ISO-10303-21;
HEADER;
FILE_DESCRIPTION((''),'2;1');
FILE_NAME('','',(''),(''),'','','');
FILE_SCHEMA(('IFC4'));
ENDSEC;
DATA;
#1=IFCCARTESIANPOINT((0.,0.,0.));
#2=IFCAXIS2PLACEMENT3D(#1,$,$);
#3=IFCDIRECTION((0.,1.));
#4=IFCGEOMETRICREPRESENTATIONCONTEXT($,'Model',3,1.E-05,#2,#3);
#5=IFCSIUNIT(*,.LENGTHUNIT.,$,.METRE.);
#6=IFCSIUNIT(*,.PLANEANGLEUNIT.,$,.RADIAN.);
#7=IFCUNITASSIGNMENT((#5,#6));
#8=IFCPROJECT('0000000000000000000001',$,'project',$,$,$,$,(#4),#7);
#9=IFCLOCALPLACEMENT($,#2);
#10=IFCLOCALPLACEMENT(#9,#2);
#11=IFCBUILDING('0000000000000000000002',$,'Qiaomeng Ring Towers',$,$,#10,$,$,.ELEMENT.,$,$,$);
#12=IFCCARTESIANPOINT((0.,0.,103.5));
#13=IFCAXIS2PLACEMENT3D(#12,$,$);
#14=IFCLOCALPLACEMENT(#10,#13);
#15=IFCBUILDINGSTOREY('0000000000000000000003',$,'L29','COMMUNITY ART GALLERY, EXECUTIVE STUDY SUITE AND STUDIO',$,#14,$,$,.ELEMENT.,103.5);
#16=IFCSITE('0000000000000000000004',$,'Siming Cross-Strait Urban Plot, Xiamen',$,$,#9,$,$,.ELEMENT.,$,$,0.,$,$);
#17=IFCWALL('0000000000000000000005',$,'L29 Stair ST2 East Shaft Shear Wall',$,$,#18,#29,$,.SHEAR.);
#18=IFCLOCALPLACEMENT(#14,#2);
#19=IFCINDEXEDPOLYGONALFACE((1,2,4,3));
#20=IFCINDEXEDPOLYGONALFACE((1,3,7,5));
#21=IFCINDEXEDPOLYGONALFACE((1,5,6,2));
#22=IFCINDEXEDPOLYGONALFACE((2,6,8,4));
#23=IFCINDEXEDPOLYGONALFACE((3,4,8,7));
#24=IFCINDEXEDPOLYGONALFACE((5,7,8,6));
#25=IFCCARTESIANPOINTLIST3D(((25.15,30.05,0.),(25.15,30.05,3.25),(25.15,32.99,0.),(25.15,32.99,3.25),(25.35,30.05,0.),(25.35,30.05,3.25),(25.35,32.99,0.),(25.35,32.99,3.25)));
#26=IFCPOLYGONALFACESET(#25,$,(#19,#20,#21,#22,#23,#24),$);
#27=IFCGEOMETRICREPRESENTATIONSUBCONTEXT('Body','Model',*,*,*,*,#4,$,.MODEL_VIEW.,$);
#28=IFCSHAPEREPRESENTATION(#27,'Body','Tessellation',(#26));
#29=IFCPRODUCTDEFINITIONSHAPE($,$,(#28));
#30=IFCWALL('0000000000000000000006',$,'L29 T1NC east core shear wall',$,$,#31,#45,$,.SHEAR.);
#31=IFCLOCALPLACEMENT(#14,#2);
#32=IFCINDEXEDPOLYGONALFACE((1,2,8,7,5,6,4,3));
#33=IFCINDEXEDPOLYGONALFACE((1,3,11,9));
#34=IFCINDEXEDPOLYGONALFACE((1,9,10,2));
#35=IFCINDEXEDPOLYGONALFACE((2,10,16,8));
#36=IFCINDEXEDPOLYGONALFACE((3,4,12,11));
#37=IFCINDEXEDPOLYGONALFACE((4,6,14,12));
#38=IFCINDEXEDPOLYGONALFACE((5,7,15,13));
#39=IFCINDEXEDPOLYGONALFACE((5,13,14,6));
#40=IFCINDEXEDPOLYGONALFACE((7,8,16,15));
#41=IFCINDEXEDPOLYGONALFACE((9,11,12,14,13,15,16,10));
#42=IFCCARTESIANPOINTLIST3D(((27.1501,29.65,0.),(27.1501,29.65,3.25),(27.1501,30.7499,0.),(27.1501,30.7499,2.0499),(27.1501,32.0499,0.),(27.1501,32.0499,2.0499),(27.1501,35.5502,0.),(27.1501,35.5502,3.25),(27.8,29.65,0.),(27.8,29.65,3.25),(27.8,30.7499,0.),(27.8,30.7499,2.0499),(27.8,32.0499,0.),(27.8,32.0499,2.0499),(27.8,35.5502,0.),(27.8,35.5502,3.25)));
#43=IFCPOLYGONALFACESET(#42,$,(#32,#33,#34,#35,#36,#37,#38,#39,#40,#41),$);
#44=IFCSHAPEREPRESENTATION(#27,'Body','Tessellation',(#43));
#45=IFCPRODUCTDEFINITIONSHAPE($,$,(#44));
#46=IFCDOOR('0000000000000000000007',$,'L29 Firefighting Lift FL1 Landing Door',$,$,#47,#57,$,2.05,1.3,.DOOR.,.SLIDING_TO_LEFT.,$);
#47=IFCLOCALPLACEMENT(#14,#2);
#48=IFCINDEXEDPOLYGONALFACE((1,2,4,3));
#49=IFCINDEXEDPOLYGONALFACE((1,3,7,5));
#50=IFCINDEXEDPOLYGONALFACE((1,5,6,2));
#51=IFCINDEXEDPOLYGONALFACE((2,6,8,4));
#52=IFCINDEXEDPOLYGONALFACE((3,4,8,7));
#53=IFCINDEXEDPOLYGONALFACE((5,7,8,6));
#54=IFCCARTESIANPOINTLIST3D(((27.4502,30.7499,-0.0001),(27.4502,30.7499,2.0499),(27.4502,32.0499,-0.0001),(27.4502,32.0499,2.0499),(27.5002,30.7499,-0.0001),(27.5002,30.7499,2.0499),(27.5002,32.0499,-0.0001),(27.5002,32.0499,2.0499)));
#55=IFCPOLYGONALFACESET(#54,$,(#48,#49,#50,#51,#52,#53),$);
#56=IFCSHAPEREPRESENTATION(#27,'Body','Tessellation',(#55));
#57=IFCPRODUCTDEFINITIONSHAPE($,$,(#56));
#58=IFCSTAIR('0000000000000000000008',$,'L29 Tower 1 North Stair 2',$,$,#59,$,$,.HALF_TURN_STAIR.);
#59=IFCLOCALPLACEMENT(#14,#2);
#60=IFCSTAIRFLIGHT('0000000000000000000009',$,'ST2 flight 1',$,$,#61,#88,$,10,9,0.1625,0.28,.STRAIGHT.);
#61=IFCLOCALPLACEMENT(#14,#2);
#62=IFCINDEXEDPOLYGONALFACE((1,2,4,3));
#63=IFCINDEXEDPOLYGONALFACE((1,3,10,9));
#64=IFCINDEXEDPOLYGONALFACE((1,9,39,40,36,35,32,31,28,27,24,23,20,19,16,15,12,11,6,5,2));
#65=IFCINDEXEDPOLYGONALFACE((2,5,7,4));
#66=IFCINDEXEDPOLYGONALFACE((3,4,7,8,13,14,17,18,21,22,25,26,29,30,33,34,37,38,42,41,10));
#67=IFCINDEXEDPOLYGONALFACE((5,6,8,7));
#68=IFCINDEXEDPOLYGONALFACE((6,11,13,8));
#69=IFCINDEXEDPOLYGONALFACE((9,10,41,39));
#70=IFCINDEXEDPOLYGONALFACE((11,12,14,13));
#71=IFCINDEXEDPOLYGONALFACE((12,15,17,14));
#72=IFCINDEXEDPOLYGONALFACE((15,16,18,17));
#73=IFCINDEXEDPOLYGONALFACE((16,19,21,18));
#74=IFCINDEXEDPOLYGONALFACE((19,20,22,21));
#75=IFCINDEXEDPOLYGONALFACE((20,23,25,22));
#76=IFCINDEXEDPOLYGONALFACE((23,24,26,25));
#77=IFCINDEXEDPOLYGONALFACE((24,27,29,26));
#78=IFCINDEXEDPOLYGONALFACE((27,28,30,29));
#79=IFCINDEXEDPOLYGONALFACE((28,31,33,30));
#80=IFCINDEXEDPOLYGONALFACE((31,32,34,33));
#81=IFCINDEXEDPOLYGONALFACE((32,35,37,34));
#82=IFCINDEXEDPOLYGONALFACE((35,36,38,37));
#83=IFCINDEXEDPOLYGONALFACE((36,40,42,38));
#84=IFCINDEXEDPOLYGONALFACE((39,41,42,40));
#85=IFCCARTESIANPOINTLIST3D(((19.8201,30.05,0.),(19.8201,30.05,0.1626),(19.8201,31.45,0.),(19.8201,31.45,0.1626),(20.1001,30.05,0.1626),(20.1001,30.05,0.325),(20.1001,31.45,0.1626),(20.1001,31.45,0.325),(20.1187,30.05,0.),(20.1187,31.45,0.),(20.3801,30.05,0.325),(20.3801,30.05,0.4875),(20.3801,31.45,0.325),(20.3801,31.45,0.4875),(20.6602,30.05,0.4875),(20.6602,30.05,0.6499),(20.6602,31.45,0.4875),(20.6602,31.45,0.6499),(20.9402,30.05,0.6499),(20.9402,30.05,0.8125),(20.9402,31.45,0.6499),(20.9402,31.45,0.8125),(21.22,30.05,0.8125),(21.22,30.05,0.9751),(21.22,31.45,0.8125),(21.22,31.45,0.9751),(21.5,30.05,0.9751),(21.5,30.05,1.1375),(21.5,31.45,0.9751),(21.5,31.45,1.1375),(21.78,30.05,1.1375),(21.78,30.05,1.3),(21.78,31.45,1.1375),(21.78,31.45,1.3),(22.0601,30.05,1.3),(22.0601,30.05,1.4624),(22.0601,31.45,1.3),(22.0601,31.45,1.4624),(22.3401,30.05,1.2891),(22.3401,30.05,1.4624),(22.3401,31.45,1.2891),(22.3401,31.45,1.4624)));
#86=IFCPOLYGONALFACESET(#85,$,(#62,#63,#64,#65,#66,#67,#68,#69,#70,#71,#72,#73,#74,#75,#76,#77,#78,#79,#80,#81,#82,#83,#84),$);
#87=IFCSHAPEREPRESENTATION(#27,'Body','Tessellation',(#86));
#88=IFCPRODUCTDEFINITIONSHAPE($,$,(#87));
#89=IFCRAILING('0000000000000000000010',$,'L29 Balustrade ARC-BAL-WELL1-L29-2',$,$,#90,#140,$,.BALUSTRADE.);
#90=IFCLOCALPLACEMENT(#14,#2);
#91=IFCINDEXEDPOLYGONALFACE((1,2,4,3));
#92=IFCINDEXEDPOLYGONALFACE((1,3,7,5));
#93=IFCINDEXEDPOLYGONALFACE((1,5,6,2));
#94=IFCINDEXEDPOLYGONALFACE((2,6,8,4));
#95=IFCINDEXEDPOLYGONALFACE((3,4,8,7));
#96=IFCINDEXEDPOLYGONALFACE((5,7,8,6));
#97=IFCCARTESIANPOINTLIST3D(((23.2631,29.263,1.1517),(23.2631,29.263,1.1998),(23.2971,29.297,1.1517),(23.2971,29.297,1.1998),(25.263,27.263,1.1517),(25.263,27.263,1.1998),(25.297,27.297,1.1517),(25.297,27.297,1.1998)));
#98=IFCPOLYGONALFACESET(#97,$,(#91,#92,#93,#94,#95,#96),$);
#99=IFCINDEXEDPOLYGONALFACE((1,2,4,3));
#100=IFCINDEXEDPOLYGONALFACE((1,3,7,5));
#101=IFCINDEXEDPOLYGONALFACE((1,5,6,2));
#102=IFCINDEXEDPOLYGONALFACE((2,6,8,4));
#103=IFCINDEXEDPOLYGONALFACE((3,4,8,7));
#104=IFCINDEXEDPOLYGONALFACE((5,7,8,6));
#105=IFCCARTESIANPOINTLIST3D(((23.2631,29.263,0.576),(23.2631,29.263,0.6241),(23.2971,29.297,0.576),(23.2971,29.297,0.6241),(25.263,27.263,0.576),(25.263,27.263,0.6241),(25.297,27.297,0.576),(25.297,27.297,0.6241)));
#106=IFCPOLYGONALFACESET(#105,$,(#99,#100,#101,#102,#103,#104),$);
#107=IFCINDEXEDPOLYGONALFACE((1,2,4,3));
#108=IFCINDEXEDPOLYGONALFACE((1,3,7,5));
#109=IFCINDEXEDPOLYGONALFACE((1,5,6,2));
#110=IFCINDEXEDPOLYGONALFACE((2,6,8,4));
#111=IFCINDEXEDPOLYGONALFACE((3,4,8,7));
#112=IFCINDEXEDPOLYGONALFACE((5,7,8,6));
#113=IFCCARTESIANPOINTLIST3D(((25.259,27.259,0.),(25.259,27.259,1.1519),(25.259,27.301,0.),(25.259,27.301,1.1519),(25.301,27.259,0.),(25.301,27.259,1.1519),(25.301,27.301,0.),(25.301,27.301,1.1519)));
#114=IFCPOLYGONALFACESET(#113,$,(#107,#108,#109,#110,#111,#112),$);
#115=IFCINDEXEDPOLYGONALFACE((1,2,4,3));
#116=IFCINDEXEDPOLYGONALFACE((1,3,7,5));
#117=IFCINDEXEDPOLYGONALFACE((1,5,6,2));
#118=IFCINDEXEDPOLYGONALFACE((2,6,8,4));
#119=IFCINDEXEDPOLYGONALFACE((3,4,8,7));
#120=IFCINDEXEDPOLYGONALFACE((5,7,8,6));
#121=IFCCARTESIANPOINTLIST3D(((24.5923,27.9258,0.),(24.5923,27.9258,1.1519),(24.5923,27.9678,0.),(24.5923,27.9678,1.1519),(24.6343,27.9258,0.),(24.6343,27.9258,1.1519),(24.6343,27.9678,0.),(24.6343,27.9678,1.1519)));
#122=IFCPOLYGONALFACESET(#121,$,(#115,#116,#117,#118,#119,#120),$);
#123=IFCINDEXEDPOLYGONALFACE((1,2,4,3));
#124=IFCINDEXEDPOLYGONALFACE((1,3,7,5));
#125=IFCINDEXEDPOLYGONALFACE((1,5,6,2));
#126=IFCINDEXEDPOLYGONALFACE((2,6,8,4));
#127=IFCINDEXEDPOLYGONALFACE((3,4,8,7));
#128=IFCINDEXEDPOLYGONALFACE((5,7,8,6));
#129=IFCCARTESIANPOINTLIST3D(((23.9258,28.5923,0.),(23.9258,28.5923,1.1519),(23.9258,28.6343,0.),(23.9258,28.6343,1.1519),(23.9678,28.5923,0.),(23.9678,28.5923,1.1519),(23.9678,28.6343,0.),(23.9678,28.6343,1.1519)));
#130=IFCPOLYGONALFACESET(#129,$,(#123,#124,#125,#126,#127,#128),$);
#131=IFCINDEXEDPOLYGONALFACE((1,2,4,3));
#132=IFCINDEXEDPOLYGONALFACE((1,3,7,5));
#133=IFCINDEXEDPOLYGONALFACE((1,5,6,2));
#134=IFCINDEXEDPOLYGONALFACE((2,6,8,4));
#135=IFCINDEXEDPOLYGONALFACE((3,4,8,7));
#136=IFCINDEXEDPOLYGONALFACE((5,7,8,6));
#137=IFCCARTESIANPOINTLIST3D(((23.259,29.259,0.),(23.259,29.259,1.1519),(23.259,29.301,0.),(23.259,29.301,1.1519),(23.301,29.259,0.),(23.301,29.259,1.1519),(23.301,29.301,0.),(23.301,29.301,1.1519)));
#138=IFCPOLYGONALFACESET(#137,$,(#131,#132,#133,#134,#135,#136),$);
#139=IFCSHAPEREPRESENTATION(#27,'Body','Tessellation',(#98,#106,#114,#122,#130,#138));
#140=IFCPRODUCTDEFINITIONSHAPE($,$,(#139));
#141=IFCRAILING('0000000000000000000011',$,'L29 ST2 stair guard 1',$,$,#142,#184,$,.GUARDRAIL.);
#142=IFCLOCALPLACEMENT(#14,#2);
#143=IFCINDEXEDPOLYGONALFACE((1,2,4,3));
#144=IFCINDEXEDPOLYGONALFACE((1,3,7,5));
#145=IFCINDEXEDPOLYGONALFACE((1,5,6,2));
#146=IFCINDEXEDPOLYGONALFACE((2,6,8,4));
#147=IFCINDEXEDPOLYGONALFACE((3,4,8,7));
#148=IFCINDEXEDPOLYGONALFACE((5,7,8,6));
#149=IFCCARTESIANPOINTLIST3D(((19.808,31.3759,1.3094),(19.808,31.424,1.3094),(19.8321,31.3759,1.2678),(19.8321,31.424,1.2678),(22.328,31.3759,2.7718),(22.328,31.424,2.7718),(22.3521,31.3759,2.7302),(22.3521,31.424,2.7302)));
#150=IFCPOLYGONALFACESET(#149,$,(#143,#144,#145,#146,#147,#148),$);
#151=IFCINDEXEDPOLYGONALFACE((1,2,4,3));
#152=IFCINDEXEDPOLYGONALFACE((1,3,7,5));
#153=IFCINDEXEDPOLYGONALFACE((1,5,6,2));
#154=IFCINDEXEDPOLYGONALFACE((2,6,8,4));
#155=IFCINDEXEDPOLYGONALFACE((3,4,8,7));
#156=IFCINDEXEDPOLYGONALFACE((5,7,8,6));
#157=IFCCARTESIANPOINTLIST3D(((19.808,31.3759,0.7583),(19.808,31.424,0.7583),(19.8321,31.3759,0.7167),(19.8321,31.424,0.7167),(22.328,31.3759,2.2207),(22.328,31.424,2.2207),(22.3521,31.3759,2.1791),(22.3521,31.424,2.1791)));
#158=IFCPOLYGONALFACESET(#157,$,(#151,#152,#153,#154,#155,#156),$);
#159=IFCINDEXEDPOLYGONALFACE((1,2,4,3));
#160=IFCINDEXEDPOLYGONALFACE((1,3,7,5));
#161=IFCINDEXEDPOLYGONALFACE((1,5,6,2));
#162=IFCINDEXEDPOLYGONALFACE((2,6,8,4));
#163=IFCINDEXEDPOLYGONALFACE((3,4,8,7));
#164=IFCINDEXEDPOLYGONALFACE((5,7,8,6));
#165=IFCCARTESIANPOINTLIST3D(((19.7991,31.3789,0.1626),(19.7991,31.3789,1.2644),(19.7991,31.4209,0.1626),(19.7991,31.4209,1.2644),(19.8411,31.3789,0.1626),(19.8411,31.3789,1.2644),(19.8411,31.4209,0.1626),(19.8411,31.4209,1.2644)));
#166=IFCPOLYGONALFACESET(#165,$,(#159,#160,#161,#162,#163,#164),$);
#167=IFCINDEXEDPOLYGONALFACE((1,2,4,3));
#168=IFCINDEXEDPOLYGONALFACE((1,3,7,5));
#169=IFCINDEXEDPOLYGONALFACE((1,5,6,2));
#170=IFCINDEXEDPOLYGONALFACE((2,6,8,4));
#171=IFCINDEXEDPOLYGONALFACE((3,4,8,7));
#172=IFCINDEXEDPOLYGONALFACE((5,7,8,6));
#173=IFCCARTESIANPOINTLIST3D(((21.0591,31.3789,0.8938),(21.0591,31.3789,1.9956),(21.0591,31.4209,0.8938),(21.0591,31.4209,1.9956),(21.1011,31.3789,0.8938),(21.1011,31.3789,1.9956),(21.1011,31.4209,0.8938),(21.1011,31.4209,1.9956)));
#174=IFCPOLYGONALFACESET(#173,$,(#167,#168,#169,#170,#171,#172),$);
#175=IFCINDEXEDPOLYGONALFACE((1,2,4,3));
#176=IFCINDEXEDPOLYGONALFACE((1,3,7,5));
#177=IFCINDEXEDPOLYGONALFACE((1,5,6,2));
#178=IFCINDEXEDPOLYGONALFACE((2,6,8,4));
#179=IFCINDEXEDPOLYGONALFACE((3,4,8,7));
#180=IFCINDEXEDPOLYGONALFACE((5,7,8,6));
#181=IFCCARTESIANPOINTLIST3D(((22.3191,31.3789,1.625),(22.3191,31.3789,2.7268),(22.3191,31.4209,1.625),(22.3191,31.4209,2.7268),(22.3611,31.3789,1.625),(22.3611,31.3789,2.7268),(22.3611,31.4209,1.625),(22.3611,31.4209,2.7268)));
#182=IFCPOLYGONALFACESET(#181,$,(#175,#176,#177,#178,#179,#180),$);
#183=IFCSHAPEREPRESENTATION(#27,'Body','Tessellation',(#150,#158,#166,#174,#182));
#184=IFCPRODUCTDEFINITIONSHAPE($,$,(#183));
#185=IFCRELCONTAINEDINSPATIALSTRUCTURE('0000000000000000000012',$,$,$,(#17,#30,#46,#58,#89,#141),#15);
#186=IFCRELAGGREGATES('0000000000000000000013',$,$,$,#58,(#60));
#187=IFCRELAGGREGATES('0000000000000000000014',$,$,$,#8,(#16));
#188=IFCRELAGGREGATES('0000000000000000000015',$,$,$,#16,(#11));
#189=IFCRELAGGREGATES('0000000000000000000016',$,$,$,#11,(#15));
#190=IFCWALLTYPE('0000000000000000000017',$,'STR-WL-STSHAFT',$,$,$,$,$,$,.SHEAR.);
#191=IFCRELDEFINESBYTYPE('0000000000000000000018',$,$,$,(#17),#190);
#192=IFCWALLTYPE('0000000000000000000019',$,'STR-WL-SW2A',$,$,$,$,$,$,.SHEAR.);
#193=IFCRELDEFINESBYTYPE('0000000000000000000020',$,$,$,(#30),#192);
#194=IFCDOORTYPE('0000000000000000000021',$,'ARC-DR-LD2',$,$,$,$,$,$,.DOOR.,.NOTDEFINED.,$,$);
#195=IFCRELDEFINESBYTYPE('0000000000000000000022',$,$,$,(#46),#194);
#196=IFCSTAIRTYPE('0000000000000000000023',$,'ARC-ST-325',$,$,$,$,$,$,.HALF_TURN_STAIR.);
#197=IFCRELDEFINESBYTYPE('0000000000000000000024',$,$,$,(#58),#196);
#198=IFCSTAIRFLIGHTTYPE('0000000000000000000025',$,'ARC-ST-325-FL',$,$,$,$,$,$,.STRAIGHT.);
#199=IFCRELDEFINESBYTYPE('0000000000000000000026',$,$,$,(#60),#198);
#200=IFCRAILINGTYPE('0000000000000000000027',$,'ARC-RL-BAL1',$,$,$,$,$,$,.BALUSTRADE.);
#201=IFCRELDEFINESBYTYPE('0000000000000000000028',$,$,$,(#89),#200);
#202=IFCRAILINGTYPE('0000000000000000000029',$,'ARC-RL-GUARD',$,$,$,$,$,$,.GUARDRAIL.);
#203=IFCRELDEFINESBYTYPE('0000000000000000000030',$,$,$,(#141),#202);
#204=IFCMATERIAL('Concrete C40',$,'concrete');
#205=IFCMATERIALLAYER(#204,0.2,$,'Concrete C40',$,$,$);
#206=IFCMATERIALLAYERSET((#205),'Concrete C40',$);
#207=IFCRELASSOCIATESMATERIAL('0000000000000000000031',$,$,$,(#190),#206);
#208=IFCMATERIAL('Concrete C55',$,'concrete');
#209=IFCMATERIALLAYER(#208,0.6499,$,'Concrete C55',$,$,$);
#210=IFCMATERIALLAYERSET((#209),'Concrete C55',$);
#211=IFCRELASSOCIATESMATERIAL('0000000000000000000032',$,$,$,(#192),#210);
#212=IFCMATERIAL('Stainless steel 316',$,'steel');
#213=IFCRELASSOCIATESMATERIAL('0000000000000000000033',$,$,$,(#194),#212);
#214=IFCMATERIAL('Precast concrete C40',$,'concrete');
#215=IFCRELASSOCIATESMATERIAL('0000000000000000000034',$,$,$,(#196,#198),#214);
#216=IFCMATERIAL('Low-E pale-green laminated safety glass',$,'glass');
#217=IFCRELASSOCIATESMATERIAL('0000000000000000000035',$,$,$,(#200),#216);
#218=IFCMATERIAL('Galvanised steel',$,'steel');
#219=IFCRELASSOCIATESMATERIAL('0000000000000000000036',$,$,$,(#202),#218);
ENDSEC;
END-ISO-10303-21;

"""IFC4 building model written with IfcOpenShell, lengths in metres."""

from ifc_helpers import new_model, si_unit, direction, frame, frame_2d, origin, origin_2d, place, context, subcontext, project, spatial, polyline, rectangle, outline, extrude, source, transform, mapped, material, layer, layer_set, type_object, element, fill, aggregate, save


model = new_model("IFC4")

# Units and contexts
model_context = context("Model", 3, precision=1e-05, world=origin(), true_north=direction((0.0, 1.0)))
body_context = subcontext(model_context, "Body", "Model", "MODEL_VIEW")
ifc_project = project(units=[si_unit("LENGTHUNIT", "METRE"), si_unit("PLANEANGLEUNIT", "RADIAN")], contexts=[model_context])

# Site, building, storey
site_placement = place(None, origin())
site = spatial("IfcSite", under=ifc_project, at=site_placement, Name="Siming Cross-Strait Urban Plot, Xiamen", CompositionType="ELEMENT", RefElevation=0.0)
building_placement = place(site_placement, origin())
building = spatial("IfcBuilding", under=site, at=building_placement, Name="Qiaomeng Ring Towers", CompositionType="ELEMENT")
storey_placement = place(building_placement, frame((0.0, 0.0, 103.5)))
storey = spatial("IfcBuildingStorey", under=building, at=storey_placement, Name="L29", Description="COMMUNITY ART GALLERY, EXECUTIVE STUDY SUITE AND STUDIO", CompositionType="ELEMENT", Elevation=103.5)

# Wall
ifc_material_1 = material(Name="Concrete C40", Category="concrete")
ifc_layer_1 = layer(ifc_material_1, 0.2, Name="Concrete C40")
ifc_layer_set_1 = layer_set([ifc_layer_1], Name="Concrete C40")
wall_type_1 = type_object("IfcWallType", Name="STR-WL-STSHAFT", PredefinedType="SHEAR", material=ifc_layer_set_1)
for number, where, z_axis, x_axis, name in (
    (1, (25.25, 30.05, 0.0), (0.0, 0.0, 1.0), (0.0, 1.0, 0.0), "L29 Stair ST2 East Shaft Shear Wall"),
):
    element("IfcWall", number, at=place(storey_placement, frame(where, z_axis=z_axis, x_axis=x_axis)), inside=storey, type_object=wall_type_1, Name=name, PredefinedType="SHEAR", context=body_context, shape_type="SweptSolid", body=[
        extrude(rectangle(XDim=2.9399, YDim=0.2, at=frame_2d((1.47, 0.0))), origin(), (0.0, 0.0, 1.0), 3.25),
    ])

# Wall, opening, door
ifc_material_2 = material(Name="Concrete C55", Category="concrete")
ifc_layer_2 = layer(ifc_material_2, 0.6499, Name="Concrete C55")
ifc_layer_set_2 = layer_set([ifc_layer_2], Name="Concrete C55")
wall_type_2 = type_object("IfcWallType", Name="STR-WL-SW2A", PredefinedType="SHEAR", material=ifc_layer_set_2)
wall_1_placement = place(storey_placement, frame((27.4751, 29.6499, 0.0), z_axis=(0.0, 0.0, 1.0), x_axis=(0.0, 1.0, 0.0)))
wall_1 = element("IfcWall", 2, at=wall_1_placement, inside=storey, type_object=wall_type_2, Name="L29 T1NC east core shear wall", PredefinedType="SHEAR", context=body_context, shape_type="SweptSolid", body=[
    extrude(rectangle(XDim=5.9001, YDim=0.6499, at=frame_2d((2.9502, 0.0))), origin(), (0.0, 0.0, 1.0), 3.25),
])
opening_1_placement = place(wall_1_placement, frame((1.1001, 0.0, 0.0)))
opening_1 = element("IfcOpeningElement", 3, at=opening_1_placement, cuts=wall_1, PredefinedType="OPENING", context=body_context, shape_type="SweptSolid", body=[
    extrude(rectangle(XDim=1.3, YDim=2.05, at=frame_2d((0.6499, 1.0249))), frame((0.0, 0.335, 0.0), z_axis=(0.0, -1.0, 0.0), x_axis=(1.0, 0.0, 0.0)), (0.0, 0.0, 1.0), 0.6699),
])
ifc_material_3 = material(Name="Stainless steel 316", Category="steel")
door_type_1 = type_object("IfcDoorType", Name="ARC-DR-LD2", OperationType="NOTDEFINED", PredefinedType="DOOR", material=ifc_material_3)
shared_shape_1 = source(origin(), body_context, "Body", "SweptSolid", [
    extrude(rectangle(XDim=1.3, YDim=2.05, at=frame_2d((0.6499, 1.0249))), frame((0.0, 0.0249, 0.0), z_axis=(0.0, -1.0, 0.0), x_axis=(1.0, 0.0, 0.0)), (0.0, 0.0, 1.0), 0.05),
])
door_1_placement = place(opening_1_placement, origin())
door_1 = element("IfcDoor", 4, at=door_1_placement, inside=storey, type_object=door_type_1, Name="L29 Firefighting Lift FL1 Landing Door", OperationType="SLIDING_TO_LEFT", OverallHeight=2.05, OverallWidth=1.3, PredefinedType="DOOR", context=body_context, shape_type="MappedRepresentation", body=[
    mapped(shared_shape_1, transform((0.0, 0.0, 0.0), x_axis=(1.0, 0.0, 0.0), y_axis=(0.0, 1.0, 0.0), z_axis=(0.0, 0.0, 1.0), scale=1.0)),
])
fill(opening_1, door_1)

# Stair, stair flight
ifc_material_4 = material(Name="Precast concrete C40", Category="concrete")
stair_type = type_object("IfcStairType", Name="ARC-ST-325", PredefinedType="HALF_TURN_STAIR", material=ifc_material_4)
stair_placement = place(storey_placement, origin())
stair = element("IfcStair", 5, at=stair_placement, inside=storey, type_object=stair_type, Name="L29 Tower 1 North Stair 2", PredefinedType="HALF_TURN_STAIR")
stair_flight_type = type_object("IfcStairFlightType", Name="ARC-ST-325-FL", PredefinedType="STRAIGHT", material=ifc_material_4)
shared_shape_2 = source(origin(), body_context, "Body", "SweptSolid", [
    extrude(outline(polyline([(0.0, 0.0), (0.0, 0.1626), (0.28, 0.1626), (0.28, 0.325), (0.5601, 0.325), (0.5601, 0.4875), (0.8401, 0.4875), (0.8401, 0.6499), (1.1201, 0.6499), (1.1201, 0.8125), (1.3999, 0.8125), (1.3999, 0.9751), (1.6799, 0.9751), (1.6799, 1.1375), (1.96, 1.1375), (1.96, 1.3), (2.24, 1.3), (2.24, 1.4624), (2.52, 1.4624), (2.52, 1.625), (2.52, 1.2891), (0.2986, 0.0), (0.0, 0.0)])), frame((0.0, 0.7, 0.0), z_axis=(0.0, -1.0, 0.0), x_axis=(1.0, 0.0, 0.0)), (0.0, 0.0, 1.0), 1.3999),
])
stair_flight_placement = place(storey_placement, frame((19.8201, 30.75, 0.0), z_axis=(0.0, 0.0, 1.0), x_axis=(1.0, 0.0, 0.0)))
stair_flight = element("IfcStairFlight", 6, at=stair_flight_placement, type_object=stair_flight_type, Name="ST2 flight 1", NumberOfRisers=10, NumberOfTreads=9, PredefinedType="STRAIGHT", RiserHeight=0.1625, TreadLength=0.28, context=body_context, shape_type="MappedRepresentation", body=[
    mapped(shared_shape_2, transform((0.0, 0.0, 0.0), x_axis=(1.0, 0.0, 0.0), y_axis=(0.0, 1.0, 0.0), z_axis=(0.0, 0.0, 1.0), scale=1.0)),
])
aggregate(stair, [stair_flight])

# Railings
ifc_material_5 = material(Name="Low-E pale-green laminated safety glass", Category="glass")
railing_type_1 = type_object("IfcRailingType", Name="ARC-RL-BAL1", PredefinedType="BALUSTRADE", material=ifc_material_5)
railing_1_placement = place(storey_placement, frame((25.28, 27.28, 0.0)))
element("IfcRailing", 7, at=railing_1_placement, inside=storey, type_object=railing_type_1, Name="L29 Balustrade ARC-BAL-WELL1-L29-2", PredefinedType="BALUSTRADE", context=body_context, shape_type="SweptSolid", body=[
    extrude(rectangle(XDim=0.0481, YDim=0.0481, at=origin_2d()), frame((0.0, 0.0, 1.1758), z_axis=(-0.707107, 0.707107, 0.0), x_axis=(-0.707107, -0.707107, 0.0)), (0.0, 0.0, 1.0), 2.8284),
    extrude(rectangle(XDim=0.0481, YDim=0.0481, at=origin_2d()), frame((0.0, 0.0, 0.6001), z_axis=(-0.707107, 0.707107, 0.0), x_axis=(-0.707107, -0.707107, 0.0)), (0.0, 0.0, 1.0), 2.8284),
    extrude(rectangle(XDim=0.042, YDim=0.042, at=origin_2d()), origin(), (0.0, 0.0, 1.0), 1.1519),
    extrude(rectangle(XDim=0.042, YDim=0.042, at=origin_2d()), frame((-0.6667, 0.6667, 0.0)), (0.0, 0.0, 1.0), 1.1519),
    extrude(rectangle(XDim=0.042, YDim=0.042, at=origin_2d()), frame((-1.3333, 1.3333, 0.0)), (0.0, 0.0, 1.0), 1.1519),
    extrude(rectangle(XDim=0.042, YDim=0.042, at=origin_2d()), frame((-2.0, 2.0, 0.0)), (0.0, 0.0, 1.0), 1.1519),
])
ifc_material_6 = material(Name="Galvanised steel", Category="steel")
railing_type_2 = type_object("IfcRailingType", Name="ARC-RL-GUARD", PredefinedType="GUARDRAIL", material=ifc_material_6)
railing_2_placement = place(storey_placement, frame((19.8201, 31.3999, 0.1626)))
element("IfcRailing", 8, at=railing_2_placement, inside=storey, type_object=railing_type_2, Name="L29 ST2 stair guard 1", PredefinedType="GUARDRAIL", context=body_context, shape_type="SweptSolid", body=[
    extrude(rectangle(XDim=0.0481, YDim=0.0481, at=origin_2d()), frame((0.0, 0.0, 1.126), z_axis=(0.864913, 0.0, 0.501921), x_axis=(0.0, 1.0, 0.0)), (0.0, 0.0, 1.0), 2.9136),
    extrude(rectangle(XDim=0.0481, YDim=0.0481, at=origin_2d()), frame((0.0, 0.0, 0.575), z_axis=(0.864913, 0.0, 0.501921), x_axis=(0.0, 1.0, 0.0)), (0.0, 0.0, 1.0), 2.9136),
    extrude(rectangle(XDim=0.042, YDim=0.042, at=origin_2d()), origin(), (0.0, 0.0, 1.0), 1.1018),
    extrude(rectangle(XDim=0.042, YDim=0.042, at=origin_2d()), frame((1.26, 0.0, 0.7312)), (0.0, 0.0, 1.0), 1.1018),
    extrude(rectangle(XDim=0.042, YDim=0.042, at=origin_2d()), frame((2.52, 0.0, 1.4624)), (0.0, 0.0, 1.0), 1.1018),
])

save(model, "model.ifc")
